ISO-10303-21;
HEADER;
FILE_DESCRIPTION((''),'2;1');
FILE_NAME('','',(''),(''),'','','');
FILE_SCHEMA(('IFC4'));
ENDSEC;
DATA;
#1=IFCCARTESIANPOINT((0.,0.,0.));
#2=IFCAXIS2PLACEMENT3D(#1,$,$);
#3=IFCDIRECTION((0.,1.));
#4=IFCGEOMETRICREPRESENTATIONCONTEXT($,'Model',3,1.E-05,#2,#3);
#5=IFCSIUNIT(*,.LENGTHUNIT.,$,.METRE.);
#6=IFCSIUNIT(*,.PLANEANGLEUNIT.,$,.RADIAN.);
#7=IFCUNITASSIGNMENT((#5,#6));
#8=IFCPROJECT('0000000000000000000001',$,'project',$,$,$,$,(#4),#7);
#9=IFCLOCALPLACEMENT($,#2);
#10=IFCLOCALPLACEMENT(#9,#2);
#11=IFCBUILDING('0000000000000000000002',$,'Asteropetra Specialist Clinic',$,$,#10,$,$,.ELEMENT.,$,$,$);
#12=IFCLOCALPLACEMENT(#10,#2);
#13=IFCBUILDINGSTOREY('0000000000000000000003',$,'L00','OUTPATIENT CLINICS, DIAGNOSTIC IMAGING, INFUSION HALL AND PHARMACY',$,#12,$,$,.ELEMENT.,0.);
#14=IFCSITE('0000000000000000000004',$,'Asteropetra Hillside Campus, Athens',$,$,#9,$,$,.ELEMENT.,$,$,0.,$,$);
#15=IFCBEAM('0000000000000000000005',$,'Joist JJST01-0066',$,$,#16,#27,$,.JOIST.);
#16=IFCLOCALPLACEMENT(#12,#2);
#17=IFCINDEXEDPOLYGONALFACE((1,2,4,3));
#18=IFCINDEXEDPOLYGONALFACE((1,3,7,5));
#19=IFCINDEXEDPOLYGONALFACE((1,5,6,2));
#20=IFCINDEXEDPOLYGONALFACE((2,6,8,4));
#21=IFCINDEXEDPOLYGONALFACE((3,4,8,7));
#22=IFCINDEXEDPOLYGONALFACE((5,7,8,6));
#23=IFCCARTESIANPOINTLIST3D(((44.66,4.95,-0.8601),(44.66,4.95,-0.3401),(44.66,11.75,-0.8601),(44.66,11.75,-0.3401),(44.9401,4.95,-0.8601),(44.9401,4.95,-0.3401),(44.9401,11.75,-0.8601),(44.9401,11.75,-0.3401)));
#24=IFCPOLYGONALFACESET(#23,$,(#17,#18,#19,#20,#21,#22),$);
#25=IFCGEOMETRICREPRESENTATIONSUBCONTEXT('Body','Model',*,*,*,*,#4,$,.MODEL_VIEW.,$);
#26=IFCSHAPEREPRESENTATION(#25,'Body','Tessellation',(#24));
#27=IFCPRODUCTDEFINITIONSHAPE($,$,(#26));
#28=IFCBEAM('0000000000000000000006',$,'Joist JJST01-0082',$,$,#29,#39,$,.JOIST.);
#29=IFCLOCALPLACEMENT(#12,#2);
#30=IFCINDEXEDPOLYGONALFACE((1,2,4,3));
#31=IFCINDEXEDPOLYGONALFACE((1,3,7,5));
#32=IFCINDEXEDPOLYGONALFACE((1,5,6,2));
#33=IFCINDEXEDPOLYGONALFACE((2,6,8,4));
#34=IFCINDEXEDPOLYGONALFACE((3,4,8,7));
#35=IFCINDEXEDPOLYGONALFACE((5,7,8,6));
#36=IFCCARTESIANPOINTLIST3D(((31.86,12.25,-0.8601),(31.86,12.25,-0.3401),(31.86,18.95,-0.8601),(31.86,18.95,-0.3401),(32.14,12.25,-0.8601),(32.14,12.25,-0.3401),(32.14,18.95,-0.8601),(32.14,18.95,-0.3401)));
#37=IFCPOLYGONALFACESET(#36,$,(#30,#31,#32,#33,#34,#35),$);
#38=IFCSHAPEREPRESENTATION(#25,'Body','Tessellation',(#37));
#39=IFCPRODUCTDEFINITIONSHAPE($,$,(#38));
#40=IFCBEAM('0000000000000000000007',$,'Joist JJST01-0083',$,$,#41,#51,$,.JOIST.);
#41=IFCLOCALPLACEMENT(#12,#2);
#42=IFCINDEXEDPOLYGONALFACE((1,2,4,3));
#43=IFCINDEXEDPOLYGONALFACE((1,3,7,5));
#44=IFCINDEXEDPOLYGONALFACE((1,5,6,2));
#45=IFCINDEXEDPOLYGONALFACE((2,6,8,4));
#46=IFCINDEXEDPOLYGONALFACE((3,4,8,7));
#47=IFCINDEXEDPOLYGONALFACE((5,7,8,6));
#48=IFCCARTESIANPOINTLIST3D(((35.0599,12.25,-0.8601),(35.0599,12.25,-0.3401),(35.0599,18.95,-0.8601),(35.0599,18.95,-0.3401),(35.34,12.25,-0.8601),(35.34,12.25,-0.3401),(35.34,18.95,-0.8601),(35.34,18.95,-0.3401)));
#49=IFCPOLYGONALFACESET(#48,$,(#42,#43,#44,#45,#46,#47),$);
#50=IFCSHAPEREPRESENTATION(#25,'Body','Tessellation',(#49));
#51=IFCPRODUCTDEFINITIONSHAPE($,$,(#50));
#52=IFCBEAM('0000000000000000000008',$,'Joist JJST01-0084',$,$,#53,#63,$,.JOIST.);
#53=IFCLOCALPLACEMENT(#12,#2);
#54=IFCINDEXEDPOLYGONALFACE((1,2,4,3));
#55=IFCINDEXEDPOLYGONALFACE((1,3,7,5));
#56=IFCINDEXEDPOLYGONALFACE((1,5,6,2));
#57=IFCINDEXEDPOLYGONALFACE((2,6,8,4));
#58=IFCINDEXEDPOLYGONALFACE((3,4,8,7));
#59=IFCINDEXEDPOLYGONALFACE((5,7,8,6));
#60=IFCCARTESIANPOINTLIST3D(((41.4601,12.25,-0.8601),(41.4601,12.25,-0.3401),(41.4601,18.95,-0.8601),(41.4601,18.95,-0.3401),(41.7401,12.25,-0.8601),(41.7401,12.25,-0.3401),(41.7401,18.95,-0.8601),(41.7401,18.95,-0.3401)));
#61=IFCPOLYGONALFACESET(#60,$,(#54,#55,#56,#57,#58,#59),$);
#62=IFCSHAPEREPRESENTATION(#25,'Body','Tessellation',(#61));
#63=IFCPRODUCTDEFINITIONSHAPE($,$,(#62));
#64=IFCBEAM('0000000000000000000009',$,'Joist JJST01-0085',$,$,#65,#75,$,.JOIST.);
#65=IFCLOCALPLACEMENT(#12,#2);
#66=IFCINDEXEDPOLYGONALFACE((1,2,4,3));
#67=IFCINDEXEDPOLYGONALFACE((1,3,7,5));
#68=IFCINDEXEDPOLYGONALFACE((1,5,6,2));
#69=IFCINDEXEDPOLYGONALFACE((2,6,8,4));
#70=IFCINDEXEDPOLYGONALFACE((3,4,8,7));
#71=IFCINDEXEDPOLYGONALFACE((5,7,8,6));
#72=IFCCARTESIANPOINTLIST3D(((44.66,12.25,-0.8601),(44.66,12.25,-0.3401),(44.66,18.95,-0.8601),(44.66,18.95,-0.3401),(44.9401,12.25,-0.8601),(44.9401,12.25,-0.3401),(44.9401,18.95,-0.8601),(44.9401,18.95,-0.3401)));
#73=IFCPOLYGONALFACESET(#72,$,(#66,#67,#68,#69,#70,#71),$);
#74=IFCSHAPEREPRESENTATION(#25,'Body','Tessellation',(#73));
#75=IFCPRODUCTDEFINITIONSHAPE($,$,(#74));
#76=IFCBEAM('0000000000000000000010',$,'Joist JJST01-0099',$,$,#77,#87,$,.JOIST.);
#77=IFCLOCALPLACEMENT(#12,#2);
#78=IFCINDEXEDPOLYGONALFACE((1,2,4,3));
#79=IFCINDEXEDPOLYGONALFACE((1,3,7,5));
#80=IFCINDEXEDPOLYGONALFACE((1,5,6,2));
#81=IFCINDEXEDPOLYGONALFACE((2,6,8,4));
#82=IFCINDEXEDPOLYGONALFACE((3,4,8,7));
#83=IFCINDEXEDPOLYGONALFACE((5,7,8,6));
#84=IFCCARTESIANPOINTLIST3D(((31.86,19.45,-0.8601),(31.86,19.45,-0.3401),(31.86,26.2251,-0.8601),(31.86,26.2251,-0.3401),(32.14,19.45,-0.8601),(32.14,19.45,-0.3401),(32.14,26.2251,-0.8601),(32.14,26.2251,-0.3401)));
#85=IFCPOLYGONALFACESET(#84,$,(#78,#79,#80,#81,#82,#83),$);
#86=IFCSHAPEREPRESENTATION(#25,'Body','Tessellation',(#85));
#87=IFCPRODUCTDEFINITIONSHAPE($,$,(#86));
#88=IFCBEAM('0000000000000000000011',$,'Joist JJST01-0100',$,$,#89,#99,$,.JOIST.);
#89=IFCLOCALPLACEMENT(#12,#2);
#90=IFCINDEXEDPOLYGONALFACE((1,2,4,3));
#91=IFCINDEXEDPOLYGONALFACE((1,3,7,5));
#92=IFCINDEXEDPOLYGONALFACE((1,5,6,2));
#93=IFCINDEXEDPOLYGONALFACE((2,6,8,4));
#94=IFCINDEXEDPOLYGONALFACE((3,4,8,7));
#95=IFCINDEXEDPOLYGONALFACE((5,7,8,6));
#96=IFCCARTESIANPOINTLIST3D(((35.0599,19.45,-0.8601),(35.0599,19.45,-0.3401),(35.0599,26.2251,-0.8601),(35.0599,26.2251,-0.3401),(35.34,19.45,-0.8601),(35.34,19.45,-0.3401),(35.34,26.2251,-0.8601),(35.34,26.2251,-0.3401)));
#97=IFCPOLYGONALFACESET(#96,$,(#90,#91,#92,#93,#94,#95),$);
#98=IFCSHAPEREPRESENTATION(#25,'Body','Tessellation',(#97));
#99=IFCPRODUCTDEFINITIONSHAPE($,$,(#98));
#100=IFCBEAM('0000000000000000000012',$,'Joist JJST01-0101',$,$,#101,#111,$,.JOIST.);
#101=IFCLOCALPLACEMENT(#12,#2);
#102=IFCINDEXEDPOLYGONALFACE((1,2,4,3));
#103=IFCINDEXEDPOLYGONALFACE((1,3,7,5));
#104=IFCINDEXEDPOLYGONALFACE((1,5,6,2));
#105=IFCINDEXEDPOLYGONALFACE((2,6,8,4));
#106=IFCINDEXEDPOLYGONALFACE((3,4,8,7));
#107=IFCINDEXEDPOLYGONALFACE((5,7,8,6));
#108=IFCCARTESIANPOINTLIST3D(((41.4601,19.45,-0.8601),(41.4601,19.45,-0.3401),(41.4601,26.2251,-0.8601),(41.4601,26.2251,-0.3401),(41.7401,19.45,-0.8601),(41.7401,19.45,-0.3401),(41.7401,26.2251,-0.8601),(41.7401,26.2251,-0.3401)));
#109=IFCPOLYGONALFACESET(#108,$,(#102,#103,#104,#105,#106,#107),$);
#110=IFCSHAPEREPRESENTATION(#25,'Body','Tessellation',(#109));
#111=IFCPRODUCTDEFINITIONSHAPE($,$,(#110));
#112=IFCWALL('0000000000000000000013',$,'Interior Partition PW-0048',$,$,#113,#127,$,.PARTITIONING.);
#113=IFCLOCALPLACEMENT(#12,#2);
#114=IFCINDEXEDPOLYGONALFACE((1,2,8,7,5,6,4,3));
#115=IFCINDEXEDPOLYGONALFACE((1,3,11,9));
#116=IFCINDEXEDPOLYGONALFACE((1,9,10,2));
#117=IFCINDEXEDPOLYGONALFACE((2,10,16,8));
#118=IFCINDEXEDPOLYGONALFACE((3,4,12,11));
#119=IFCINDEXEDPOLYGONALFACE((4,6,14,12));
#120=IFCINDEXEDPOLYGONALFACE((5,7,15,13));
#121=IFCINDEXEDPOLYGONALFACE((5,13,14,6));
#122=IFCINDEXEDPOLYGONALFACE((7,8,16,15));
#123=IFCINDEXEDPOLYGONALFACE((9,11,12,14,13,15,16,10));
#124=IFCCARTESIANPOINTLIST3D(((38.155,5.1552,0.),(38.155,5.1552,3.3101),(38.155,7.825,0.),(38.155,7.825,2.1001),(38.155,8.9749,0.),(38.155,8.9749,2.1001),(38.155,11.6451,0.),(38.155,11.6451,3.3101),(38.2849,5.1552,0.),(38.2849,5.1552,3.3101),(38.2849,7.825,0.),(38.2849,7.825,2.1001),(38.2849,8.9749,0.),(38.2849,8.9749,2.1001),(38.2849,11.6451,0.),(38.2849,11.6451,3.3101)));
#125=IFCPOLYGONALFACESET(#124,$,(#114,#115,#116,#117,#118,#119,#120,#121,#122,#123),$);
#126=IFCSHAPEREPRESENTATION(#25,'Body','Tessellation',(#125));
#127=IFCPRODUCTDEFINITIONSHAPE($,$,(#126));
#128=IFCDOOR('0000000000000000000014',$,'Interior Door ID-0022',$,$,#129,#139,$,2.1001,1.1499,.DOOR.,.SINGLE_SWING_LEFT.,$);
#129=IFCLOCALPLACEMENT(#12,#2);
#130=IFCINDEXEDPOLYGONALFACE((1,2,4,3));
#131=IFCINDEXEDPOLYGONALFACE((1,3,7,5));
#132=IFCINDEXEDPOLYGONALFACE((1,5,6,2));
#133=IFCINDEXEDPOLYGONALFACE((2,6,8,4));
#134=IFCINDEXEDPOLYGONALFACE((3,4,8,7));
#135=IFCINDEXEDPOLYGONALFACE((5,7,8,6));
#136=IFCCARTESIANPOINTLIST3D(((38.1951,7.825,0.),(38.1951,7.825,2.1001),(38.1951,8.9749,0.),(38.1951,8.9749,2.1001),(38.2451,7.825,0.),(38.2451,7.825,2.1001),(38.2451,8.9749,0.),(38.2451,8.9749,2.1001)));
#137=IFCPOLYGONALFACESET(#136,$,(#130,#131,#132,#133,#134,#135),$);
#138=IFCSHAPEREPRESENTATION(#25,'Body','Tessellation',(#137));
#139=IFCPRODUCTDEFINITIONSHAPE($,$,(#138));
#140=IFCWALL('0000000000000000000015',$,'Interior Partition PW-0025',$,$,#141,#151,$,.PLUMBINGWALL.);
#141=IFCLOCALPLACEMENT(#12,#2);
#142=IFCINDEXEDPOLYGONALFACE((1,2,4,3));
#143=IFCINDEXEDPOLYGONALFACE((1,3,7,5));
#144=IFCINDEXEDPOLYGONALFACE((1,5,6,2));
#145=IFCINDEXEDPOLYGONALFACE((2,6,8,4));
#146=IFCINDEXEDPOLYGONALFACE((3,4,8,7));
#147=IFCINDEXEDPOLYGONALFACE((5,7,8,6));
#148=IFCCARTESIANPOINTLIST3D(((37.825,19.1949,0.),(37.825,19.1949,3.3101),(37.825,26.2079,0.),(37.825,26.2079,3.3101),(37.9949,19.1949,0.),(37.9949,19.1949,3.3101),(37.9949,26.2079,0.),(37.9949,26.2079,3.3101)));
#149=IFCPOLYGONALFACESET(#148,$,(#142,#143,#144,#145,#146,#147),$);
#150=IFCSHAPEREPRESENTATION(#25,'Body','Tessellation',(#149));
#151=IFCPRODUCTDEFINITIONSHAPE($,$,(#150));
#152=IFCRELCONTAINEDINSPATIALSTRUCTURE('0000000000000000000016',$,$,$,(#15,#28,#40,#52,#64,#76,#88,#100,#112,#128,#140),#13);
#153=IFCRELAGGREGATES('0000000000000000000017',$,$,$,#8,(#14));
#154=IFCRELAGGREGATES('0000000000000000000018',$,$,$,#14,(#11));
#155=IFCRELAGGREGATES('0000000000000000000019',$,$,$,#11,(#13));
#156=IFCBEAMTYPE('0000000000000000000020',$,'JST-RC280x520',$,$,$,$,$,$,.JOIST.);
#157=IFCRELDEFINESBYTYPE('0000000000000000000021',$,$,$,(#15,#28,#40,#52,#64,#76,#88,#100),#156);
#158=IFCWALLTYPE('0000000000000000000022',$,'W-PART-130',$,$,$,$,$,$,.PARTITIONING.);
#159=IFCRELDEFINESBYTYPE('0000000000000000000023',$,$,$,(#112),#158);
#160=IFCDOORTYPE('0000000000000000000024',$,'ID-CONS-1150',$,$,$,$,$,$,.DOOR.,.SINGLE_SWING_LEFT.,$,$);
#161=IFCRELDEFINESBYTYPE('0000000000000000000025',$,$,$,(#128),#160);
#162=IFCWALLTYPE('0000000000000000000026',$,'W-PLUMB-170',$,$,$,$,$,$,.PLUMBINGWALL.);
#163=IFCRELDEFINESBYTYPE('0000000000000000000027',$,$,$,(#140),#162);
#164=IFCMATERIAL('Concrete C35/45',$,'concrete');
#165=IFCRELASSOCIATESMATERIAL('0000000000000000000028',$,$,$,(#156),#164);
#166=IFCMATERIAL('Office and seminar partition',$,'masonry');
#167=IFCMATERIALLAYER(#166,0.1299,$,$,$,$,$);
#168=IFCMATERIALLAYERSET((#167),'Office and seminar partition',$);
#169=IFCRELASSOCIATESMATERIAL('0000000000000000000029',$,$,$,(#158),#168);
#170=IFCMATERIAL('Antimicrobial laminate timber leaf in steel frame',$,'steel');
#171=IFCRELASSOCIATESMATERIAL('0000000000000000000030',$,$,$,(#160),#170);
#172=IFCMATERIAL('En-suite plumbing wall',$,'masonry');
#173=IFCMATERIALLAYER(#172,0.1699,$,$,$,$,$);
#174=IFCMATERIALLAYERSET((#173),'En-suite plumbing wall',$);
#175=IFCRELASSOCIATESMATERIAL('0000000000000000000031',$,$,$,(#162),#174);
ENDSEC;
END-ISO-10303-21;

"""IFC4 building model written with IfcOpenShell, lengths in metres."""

from ifc_helpers import new_model, si_unit, direction, frame, frame_2d, origin, origin_2d, place, context, subcontext, project, spatial, rectangle, extrude, material, layer, layer_set, material_profile, profile_set, type_object, element, fill, save


model = new_model("IFC4")

# Units and contexts
model_context = context("Model", 3, precision=1e-05, world=origin(), true_north=direction((0.0, 1.0)))
body_context = subcontext(model_context, "Body", "Model", "MODEL_VIEW")
ifc_project = project(units=[si_unit("LENGTHUNIT", "METRE"), si_unit("PLANEANGLEUNIT", "RADIAN")], contexts=[model_context])

# Site, building, storey
site_placement = place(None, origin())
site = spatial("IfcSite", under=ifc_project, at=site_placement, Name="Asteropetra Hillside Campus, Athens", CompositionType="ELEMENT", RefElevation=0.0)
building_placement = place(site_placement, origin())
building = spatial("IfcBuilding", under=site, at=building_placement, Name="Asteropetra Specialist Clinic", CompositionType="ELEMENT")
storey_placement = place(building_placement, origin())
storey = spatial("IfcBuildingStorey", under=building, at=storey_placement, Name="L00", Description="OUTPATIENT CLINICS, DIAGNOSTIC IMAGING, INFUSION HALL AND PHARMACY", CompositionType="ELEMENT", Elevation=0.0)

# Beams
ifc_material_1 = material(Name="Concrete C35/45", Category="concrete")
ifc_material_profile_1 = material_profile(ifc_material_1, rectangle(XDim=0.28, YDim=0.52, at=origin_2d()), Name="RCJ 280x520")
ifc_profile_set_1 = profile_set([ifc_material_profile_1], Name="Concrete C35/45")
beam_type_1 = type_object("IfcBeamType", Name="JST-RC280x520", PredefinedType="JOIST", material=ifc_profile_set_1)
beam_placement = place(storey_placement, frame((44.8, 4.95, -0.6001), z_axis=(0.0, 1.0, 0.0), x_axis=(-1.0, 0.0, 0.0)))
element("IfcBeam", 1, at=beam_placement, inside=storey, type_object=beam_type_1, Name="Joist JJST01-0066", PredefinedType="JOIST", context=body_context, shape_type="SweptSolid", body=[
    extrude(rectangle(XDim=0.28, YDim=0.52, at=origin_2d()), origin(), (0.0, 0.0, 1.0), 6.8),
])
for number, where, z_axis, x_axis, name in (
    (2, (32.0, 12.25, -0.6001), (0.0, 1.0, 0.0), (-1.0, 0.0, 0.0), "Joist JJST01-0082"),
    (3, (35.2, 12.25, -0.6001), (0.0, 1.0, 0.0), (-1.0, 0.0, 0.0), "Joist JJST01-0083"),
    (4, (41.6001, 12.25, -0.6001), (0.0, 1.0, 0.0), (-1.0, 0.0, 0.0), "Joist JJST01-0084"),
    (5, (44.8, 12.25, -0.6001), (0.0, 1.0, 0.0), (-1.0, 0.0, 0.0), "Joist JJST01-0085"),
):
    element("IfcBeam", number, at=place(storey_placement, frame(where, z_axis=z_axis, x_axis=x_axis)), inside=storey, type_object=beam_type_1, Name=name, PredefinedType="JOIST", context=body_context, shape_type="SweptSolid", body=[
        extrude(rectangle(XDim=0.28, YDim=0.52, at=origin_2d()), origin(), (0.0, 0.0, 1.0), 6.7),
    ])
for number, where, z_axis, x_axis, name in (
    (6, (32.0, 19.45, -0.6001), (0.0, 1.0, 0.0), (-1.0, 0.0, 0.0), "Joist JJST01-0099"),
    (7, (35.2, 19.45, -0.6001), (0.0, 1.0, 0.0), (-1.0, 0.0, 0.0), "Joist JJST01-0100"),
    (8, (41.6001, 19.45, -0.6001), (0.0, 1.0, 0.0), (-1.0, 0.0, 0.0), "Joist JJST01-0101"),
):
    element("IfcBeam", number, at=place(storey_placement, frame(where, z_axis=z_axis, x_axis=x_axis)), inside=storey, type_object=beam_type_1, Name=name, PredefinedType="JOIST", context=body_context, shape_type="SweptSolid", body=[
        extrude(rectangle(XDim=0.28, YDim=0.52, at=origin_2d()), origin(), (0.0, 0.0, 1.0), 6.7751),
    ])

# Wall, opening, door
ifc_material_2 = material(Name="Office and seminar partition", Category="masonry")
ifc_layer_1 = layer(ifc_material_2, 0.1299)
ifc_layer_set_1 = layer_set([ifc_layer_1], Name="Office and seminar partition")
wall_type_1 = type_object("IfcWallType", Name="W-PART-130", PredefinedType="PARTITIONING", material=ifc_layer_set_1)
wall_1_placement = place(storey_placement, frame((38.22, 5.155, 0.0), z_axis=(0.0, 0.0, 1.0), x_axis=(0.0, 1.0, 0.0)))
wall_1 = element("IfcWall", 9, at=wall_1_placement, inside=storey, type_object=wall_type_1, Name="Interior Partition PW-0048", PredefinedType="PARTITIONING", context=body_context, shape_type="SweptSolid", body=[
    extrude(rectangle(XDim=6.49, YDim=0.1299, at=frame_2d((3.2451, 0.0))), origin(), (0.0, 0.0, 1.0), 3.3101),
])
opening_1_placement = place(wall_1_placement, frame((2.6699, 0.0, 0.0)))
opening_1 = element("IfcOpeningElement", 10, at=opening_1_placement, cuts=wall_1, PredefinedType="OPENING", context=body_context, shape_type="SweptSolid", body=[
    extrude(rectangle(XDim=1.1499, YDim=2.1001, at=frame_2d((0.575, 1.05))), frame((0.0, 0.075, 0.0), z_axis=(0.0, -1.0, 0.0), x_axis=(1.0, 0.0, 0.0)), (0.0, 0.0, 1.0), 0.1499),
])
ifc_material_3 = material(Name="Antimicrobial laminate timber leaf in steel frame", Category="steel")
door_type_1 = type_object("IfcDoorType", Name="ID-CONS-1150", OperationType="SINGLE_SWING_LEFT", PredefinedType="DOOR", material=ifc_material_3)
door_1_placement = place(opening_1_placement, origin())
door_1 = element("IfcDoor", 11, at=door_1_placement, inside=storey, type_object=door_type_1, Name="Interior Door ID-0022", OperationType="SINGLE_SWING_LEFT", OverallHeight=2.1001, OverallWidth=1.1499, PredefinedType="DOOR", context=body_context, shape_type="SweptSolid", body=[
    extrude(rectangle(XDim=1.1499, YDim=2.1001, at=frame_2d((0.575, 1.05))), frame((0.0, 0.0249, 0.0), z_axis=(0.0, -1.0, 0.0), x_axis=(1.0, 0.0, 0.0)), (0.0, 0.0, 1.0), 0.05),
])
fill(opening_1, door_1)

# Wall
ifc_material_4 = material(Name="En-suite plumbing wall", Category="masonry")
ifc_layer_2 = layer(ifc_material_4, 0.1699)
ifc_layer_set_2 = layer_set([ifc_layer_2], Name="En-suite plumbing wall")
wall_type_2 = type_object("IfcWallType", Name="W-PLUMB-170", PredefinedType="PLUMBINGWALL", material=ifc_layer_set_2)
wall_2_placement = place(storey_placement, frame((37.9099, 19.1951, 0.0), z_axis=(0.0, 0.0, 1.0), x_axis=(0.0, 1.0, 0.0)))
element("IfcWall", 12, at=wall_2_placement, inside=storey, type_object=wall_type_2, Name="Interior Partition PW-0025", PredefinedType="PLUMBINGWALL", context=body_context, shape_type="SweptSolid", body=[
    extrude(rectangle(XDim=7.0129, YDim=0.1699, at=frame_2d((3.5063, 0.0))), origin(), (0.0, 0.0, 1.0), 3.3101),
])

save(model, "model.ifc")
